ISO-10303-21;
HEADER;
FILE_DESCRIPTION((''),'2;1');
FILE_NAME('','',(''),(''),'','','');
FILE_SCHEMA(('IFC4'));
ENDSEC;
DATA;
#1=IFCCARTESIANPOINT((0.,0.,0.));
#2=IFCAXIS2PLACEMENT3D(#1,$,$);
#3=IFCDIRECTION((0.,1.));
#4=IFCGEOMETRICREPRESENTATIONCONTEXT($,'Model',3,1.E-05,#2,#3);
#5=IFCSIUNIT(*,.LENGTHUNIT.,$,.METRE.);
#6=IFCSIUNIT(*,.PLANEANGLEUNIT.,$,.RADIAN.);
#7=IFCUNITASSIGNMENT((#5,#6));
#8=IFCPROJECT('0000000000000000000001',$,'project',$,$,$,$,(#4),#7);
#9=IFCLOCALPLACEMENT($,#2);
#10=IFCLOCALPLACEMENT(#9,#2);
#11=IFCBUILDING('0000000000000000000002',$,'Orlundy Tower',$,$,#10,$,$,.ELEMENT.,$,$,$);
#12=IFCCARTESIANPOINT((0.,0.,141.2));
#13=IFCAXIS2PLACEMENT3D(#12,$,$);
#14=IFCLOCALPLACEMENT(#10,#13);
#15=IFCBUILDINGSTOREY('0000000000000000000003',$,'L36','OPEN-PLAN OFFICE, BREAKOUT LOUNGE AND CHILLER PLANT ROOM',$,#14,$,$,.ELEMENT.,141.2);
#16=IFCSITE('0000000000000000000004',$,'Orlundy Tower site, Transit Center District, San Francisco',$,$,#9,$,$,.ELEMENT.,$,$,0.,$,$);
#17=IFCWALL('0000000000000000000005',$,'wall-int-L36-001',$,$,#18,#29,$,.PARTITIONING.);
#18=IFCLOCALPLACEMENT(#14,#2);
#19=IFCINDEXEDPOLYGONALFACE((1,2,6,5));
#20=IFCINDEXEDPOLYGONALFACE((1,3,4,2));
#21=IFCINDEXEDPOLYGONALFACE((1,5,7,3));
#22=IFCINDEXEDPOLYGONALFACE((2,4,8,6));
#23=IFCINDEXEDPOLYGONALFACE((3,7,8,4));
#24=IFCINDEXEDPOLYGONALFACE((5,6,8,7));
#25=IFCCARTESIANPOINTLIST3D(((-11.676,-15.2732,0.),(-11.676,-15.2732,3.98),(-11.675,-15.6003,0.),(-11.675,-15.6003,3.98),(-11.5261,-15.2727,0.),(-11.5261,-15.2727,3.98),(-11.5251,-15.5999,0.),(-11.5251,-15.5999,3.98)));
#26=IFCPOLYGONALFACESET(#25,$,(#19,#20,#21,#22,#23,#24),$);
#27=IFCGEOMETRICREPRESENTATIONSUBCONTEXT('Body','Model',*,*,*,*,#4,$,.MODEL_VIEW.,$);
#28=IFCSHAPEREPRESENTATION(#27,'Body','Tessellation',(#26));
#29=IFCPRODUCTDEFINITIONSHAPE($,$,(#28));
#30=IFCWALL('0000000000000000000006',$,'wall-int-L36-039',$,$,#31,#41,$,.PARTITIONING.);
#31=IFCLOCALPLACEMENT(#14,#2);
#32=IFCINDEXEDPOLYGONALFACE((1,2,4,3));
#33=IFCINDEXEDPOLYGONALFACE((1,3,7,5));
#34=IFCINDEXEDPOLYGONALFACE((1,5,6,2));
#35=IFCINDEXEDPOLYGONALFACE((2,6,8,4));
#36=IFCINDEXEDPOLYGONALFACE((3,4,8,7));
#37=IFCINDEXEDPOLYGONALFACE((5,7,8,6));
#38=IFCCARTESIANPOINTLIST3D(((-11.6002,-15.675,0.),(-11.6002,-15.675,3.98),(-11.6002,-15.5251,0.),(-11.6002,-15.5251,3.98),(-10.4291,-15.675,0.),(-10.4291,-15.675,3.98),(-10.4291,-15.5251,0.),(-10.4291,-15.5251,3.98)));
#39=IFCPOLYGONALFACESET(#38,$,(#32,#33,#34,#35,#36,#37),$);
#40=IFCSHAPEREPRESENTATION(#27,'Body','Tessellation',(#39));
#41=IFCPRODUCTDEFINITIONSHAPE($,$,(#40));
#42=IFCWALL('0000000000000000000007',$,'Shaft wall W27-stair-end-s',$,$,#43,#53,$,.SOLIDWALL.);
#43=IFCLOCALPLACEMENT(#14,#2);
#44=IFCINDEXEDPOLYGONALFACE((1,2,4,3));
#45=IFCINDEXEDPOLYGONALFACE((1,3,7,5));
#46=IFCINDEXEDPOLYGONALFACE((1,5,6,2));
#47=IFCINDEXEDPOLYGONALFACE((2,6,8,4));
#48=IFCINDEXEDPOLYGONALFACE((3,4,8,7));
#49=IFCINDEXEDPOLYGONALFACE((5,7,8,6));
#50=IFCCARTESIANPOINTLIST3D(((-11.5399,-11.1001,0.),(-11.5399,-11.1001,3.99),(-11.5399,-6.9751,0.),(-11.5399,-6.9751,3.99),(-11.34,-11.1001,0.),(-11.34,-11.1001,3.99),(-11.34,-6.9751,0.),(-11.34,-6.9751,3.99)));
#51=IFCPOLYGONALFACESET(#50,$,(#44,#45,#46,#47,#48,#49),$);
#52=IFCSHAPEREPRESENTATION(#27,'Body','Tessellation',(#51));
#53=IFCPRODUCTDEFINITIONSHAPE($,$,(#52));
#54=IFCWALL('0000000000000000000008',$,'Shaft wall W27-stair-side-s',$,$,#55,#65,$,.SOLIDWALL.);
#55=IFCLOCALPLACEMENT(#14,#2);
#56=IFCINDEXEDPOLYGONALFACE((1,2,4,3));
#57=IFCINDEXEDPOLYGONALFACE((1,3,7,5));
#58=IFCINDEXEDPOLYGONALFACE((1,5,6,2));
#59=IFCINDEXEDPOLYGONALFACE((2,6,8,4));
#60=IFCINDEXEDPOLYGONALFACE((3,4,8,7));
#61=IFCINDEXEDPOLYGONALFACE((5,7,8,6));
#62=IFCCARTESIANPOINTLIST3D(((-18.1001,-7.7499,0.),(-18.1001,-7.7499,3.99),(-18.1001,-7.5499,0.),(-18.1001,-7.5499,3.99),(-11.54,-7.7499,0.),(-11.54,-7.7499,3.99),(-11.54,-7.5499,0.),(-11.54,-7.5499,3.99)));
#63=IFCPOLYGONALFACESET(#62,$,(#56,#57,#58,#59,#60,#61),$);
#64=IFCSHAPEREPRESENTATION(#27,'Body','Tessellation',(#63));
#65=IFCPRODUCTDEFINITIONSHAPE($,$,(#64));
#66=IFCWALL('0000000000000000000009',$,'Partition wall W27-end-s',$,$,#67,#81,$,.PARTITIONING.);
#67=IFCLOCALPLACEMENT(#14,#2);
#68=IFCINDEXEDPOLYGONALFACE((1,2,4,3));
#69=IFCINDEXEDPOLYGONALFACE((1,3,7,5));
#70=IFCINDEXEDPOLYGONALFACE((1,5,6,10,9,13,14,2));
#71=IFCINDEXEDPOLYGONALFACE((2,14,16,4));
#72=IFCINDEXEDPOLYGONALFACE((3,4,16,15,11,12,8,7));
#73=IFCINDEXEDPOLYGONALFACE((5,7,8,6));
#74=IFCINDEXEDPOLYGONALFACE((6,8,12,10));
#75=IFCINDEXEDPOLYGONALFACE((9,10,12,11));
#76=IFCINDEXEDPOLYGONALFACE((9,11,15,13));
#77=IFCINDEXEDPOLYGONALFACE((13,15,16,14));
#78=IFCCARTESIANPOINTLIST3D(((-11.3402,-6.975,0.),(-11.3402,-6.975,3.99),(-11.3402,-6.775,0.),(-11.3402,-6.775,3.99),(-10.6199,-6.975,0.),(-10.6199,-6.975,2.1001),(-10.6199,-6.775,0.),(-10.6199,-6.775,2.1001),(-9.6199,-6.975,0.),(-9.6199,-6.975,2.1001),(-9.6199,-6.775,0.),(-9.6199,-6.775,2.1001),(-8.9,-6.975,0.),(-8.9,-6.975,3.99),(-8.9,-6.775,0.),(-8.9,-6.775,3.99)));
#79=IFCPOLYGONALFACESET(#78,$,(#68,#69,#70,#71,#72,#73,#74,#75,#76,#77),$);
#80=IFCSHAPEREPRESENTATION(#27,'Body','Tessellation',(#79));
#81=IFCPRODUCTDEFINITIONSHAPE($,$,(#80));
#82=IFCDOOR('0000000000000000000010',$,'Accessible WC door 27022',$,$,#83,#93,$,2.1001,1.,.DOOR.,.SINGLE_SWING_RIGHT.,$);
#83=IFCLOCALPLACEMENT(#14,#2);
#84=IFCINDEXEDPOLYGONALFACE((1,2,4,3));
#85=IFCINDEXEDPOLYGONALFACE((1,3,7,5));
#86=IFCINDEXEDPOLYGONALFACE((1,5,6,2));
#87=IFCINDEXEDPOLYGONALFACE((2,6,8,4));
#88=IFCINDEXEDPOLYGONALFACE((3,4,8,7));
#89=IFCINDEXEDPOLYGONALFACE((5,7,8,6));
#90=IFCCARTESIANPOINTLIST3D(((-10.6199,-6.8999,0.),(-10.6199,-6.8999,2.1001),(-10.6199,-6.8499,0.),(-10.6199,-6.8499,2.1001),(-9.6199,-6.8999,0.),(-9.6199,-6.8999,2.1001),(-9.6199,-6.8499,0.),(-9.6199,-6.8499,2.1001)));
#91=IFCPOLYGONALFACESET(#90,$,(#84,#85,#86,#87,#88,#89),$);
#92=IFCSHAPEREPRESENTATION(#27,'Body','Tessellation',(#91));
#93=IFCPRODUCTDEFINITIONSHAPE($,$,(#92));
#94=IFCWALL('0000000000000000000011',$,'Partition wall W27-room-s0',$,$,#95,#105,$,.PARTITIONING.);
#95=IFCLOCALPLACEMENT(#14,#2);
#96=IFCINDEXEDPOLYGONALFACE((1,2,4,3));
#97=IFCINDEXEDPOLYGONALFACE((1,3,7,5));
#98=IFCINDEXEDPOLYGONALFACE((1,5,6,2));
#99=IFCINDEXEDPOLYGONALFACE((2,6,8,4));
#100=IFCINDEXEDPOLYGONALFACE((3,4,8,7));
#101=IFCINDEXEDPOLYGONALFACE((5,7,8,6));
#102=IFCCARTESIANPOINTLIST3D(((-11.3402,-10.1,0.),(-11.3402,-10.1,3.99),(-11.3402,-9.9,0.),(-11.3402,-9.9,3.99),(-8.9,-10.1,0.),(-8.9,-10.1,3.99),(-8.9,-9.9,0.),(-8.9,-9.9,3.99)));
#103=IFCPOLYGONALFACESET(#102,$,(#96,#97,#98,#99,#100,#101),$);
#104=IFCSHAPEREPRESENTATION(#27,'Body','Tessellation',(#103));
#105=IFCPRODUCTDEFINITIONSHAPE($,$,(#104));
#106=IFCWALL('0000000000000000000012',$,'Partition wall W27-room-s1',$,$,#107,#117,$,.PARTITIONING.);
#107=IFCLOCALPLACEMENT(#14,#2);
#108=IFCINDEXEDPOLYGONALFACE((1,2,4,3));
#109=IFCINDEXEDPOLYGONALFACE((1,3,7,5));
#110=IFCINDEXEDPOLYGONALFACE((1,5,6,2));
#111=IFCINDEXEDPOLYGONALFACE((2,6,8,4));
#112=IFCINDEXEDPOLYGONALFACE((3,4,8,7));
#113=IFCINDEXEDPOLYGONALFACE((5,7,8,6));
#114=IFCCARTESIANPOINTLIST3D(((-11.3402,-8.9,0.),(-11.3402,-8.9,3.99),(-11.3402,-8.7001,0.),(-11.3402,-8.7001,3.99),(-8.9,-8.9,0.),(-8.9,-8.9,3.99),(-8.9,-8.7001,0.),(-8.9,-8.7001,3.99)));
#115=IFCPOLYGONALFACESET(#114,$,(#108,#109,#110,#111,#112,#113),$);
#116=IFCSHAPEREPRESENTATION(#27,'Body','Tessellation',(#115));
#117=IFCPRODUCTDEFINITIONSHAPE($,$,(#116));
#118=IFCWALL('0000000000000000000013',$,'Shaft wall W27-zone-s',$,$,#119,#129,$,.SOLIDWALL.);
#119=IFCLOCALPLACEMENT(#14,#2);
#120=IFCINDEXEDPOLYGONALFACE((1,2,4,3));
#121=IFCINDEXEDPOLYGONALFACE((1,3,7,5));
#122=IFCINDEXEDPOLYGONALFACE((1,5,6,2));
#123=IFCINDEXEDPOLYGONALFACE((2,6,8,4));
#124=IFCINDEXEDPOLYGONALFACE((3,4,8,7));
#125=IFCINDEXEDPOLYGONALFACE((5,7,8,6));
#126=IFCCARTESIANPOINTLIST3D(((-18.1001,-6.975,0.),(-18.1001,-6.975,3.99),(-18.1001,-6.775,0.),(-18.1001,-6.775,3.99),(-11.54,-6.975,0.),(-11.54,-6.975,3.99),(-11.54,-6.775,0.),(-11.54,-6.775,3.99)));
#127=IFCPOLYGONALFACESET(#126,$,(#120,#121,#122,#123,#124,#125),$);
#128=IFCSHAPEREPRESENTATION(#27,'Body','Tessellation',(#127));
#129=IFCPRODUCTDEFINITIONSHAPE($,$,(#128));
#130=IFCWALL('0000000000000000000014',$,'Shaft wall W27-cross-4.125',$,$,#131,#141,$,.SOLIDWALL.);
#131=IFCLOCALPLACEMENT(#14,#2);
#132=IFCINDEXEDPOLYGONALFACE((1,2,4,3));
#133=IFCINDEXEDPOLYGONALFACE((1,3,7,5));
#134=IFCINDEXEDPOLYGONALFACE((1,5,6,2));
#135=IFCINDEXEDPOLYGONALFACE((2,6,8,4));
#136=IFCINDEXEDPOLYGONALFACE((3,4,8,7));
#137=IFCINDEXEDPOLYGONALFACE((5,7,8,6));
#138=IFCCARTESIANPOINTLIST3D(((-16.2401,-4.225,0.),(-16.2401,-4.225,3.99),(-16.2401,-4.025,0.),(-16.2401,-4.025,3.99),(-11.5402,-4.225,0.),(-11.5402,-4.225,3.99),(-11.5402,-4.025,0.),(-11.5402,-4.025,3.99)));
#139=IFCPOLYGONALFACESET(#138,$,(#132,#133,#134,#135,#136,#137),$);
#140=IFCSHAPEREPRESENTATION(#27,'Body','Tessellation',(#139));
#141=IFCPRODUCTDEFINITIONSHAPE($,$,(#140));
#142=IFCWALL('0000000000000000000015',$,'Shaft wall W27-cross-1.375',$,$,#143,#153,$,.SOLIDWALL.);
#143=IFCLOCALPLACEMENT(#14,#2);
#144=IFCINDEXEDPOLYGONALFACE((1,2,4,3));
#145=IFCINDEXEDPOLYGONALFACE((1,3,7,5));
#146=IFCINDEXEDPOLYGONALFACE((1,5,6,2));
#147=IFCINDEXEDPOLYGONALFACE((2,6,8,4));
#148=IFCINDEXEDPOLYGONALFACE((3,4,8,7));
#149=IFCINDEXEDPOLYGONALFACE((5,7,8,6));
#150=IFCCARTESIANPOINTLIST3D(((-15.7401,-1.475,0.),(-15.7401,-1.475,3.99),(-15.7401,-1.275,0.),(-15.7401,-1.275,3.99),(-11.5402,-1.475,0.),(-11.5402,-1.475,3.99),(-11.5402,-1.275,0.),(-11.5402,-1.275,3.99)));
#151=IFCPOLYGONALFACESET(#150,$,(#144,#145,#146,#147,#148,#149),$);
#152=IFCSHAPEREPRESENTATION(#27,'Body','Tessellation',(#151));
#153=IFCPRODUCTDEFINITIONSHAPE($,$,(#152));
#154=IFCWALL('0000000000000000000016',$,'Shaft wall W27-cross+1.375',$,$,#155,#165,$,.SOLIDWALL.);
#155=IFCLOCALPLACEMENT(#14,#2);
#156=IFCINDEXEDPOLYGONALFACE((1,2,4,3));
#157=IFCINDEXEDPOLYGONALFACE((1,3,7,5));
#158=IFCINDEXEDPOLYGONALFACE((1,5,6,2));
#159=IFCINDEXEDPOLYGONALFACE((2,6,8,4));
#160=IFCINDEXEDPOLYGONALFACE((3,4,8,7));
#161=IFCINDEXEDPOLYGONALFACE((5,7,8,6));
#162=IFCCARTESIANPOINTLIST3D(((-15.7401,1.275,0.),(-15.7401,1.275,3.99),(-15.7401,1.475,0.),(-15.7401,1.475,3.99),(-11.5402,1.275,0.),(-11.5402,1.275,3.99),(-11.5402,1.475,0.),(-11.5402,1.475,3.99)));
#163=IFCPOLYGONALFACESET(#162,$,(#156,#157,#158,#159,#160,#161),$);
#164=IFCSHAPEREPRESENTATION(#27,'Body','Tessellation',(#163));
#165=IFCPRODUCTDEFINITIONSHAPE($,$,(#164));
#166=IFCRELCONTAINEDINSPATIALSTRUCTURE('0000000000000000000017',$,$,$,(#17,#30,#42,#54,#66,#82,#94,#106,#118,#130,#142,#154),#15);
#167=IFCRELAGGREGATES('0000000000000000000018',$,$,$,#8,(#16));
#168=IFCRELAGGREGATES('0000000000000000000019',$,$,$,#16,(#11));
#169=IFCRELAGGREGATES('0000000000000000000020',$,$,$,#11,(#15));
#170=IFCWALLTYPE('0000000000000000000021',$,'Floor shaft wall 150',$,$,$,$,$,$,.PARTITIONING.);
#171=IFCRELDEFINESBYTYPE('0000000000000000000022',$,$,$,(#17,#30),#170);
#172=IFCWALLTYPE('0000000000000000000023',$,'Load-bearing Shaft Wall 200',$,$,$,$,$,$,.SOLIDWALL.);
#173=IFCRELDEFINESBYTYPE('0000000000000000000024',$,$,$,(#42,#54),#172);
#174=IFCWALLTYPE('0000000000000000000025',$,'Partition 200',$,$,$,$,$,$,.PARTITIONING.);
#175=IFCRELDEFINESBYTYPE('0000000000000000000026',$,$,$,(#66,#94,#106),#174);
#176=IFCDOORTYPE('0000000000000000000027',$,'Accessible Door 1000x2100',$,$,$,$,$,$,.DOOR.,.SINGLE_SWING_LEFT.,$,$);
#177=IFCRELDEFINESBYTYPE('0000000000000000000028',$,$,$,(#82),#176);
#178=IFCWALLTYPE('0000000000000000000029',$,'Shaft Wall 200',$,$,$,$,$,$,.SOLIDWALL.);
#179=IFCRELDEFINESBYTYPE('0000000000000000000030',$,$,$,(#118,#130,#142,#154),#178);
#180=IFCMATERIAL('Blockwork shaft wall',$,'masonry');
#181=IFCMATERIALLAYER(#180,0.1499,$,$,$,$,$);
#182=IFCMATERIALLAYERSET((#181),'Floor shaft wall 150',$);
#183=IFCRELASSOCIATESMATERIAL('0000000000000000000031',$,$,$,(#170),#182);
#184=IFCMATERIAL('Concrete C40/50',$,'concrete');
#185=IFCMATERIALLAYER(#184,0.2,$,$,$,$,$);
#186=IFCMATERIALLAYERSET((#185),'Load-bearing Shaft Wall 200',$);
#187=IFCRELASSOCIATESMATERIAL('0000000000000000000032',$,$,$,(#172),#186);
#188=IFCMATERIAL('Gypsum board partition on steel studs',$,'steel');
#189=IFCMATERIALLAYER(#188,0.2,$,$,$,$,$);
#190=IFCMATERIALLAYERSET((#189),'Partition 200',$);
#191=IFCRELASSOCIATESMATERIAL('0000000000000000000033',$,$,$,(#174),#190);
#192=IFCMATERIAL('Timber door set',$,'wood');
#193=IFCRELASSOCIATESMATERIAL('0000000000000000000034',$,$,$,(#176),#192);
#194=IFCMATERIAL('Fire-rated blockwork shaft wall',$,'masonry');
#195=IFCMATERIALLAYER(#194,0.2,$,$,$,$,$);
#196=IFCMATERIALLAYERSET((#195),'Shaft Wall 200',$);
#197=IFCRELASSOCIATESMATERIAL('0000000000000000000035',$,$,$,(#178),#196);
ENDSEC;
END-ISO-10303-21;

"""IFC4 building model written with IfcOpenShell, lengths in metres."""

from ifc_helpers import new_model, si_unit, direction, frame, frame_2d, origin, place, context, subcontext, project, spatial, rectangle, extrude, material, layer, layer_set, type_object, element, fill, save


model = new_model("IFC4")

# Units and contexts
model_context = context("Model", 3, precision=1e-05, world=origin(), true_north=direction((0.0, 1.0)))
body_context = subcontext(model_context, "Body", "Model", "MODEL_VIEW")
ifc_project = project(units=[si_unit("LENGTHUNIT", "METRE"), si_unit("PLANEANGLEUNIT", "RADIAN")], contexts=[model_context])

# Site, building, storey
site_placement = place(None, origin())
site = spatial("IfcSite", under=ifc_project, at=site_placement, Name="Orlundy Tower site, Transit Center District, San Francisco", CompositionType="ELEMENT", RefElevation=0.0)
building_placement = place(site_placement, origin())
building = spatial("IfcBuilding", under=site, at=building_placement, Name="Orlundy Tower", CompositionType="ELEMENT")
storey_placement = place(building_placement, frame((0.0, 0.0, 141.2)))
storey = spatial("IfcBuildingStorey", under=building, at=storey_placement, Name="L36", Description="OPEN-PLAN OFFICE, BREAKOUT LOUNGE AND CHILLER PLANT ROOM", CompositionType="ELEMENT", Elevation=141.2)

# Walls
ifc_material_1 = material(Name="Blockwork shaft wall", Category="masonry")
ifc_layer_1 = layer(ifc_material_1, 0.1499)
ifc_layer_set_1 = layer_set([ifc_layer_1], Name="Floor shaft wall 150")
wall_type_1 = type_object("IfcWallType", Name="Floor shaft wall 150", PredefinedType="PARTITIONING", material=ifc_layer_set_1)
wall_1_placement = place(storey_placement, frame((-11.6011, -15.2729, 0.0), z_axis=(0.0, 0.0, 1.0), x_axis=(0.002985, -0.999996, 0.0)))
element("IfcWall", 1, at=wall_1_placement, inside=storey, type_object=wall_type_1, Name="wall-int-L36-001", PredefinedType="PARTITIONING", context=body_context, shape_type="SweptSolid", body=[
    extrude(rectangle(XDim=0.3271, YDim=0.1499, at=frame_2d((0.1636, 0.0))), origin(), (0.0, 0.0, 1.0), 3.98),
])
wall_2_placement = place(storey_placement, frame((-11.6001, -15.6001, 0.0), z_axis=(0.0, 0.0, 1.0), x_axis=(1.0, 0.0, 0.0)))
element("IfcWall", 2, at=wall_2_placement, inside=storey, type_object=wall_type_1, Name="wall-int-L36-039", PredefinedType="PARTITIONING", context=body_context, shape_type="SweptSolid", body=[
    extrude(rectangle(XDim=1.1711, YDim=0.1499, at=frame_2d((0.5854, 0.0))), origin(), (0.0, 0.0, 1.0), 3.98),
])
ifc_material_2 = material(Name="Concrete C40/50", Category="concrete")
ifc_layer_2 = layer(ifc_material_2, 0.2)
ifc_layer_set_2 = layer_set([ifc_layer_2], Name="Load-bearing Shaft Wall 200")
wall_type_2 = type_object("IfcWallType", Name="Load-bearing Shaft Wall 200", PredefinedType="SOLIDWALL", material=ifc_layer_set_2)
wall_3_placement = place(storey_placement, frame((-11.4399, -11.1001, 0.0), z_axis=(0.0, 0.0, 1.0), x_axis=(0.0, 1.0, 0.0)))
element("IfcWall", 3, at=wall_3_placement, inside=storey, type_object=wall_type_2, Name="Shaft wall W27-stair-end-s", PredefinedType="SOLIDWALL", context=body_context, shape_type="SweptSolid", body=[
    extrude(rectangle(XDim=4.125, YDim=0.2, at=frame_2d((2.0625, 0.0))), origin(), (0.0, 0.0, 1.0), 3.99),
])
wall_4_placement = place(storey_placement, frame((-11.54, -7.6499, 0.0), z_axis=(0.0, 0.0, 1.0), x_axis=(-1.0, 0.0, 0.0)))
element("IfcWall", 4, at=wall_4_placement, inside=storey, type_object=wall_type_2, Name="Shaft wall W27-stair-side-s", PredefinedType="SOLIDWALL", context=body_context, shape_type="SweptSolid", body=[
    extrude(rectangle(XDim=6.5601, YDim=0.2, at=frame_2d((3.28, 0.0))), origin(), (0.0, 0.0, 1.0), 3.99),
])

# Wall, opening, door
ifc_material_3 = material(Name="Gypsum board partition on steel studs", Category="steel")
ifc_layer_3 = layer(ifc_material_3, 0.2)
ifc_layer_set_3 = layer_set([ifc_layer_3], Name="Partition 200")
wall_type_3 = type_object("IfcWallType", Name="Partition 200", PredefinedType="PARTITIONING", material=ifc_layer_set_3)
wall_5_placement = place(storey_placement, frame((-8.8999, -6.875, 0.0), z_axis=(0.0, 0.0, 1.0), x_axis=(-1.0, 0.0, 0.0)))
wall_5 = element("IfcWall", 5, at=wall_5_placement, inside=storey, type_object=wall_type_3, Name="Partition wall W27-end-s", PredefinedType="PARTITIONING", context=body_context, shape_type="SweptSolid", body=[
    extrude(rectangle(XDim=2.4402, YDim=0.2, at=frame_2d((1.2202, 0.0))), origin(), (0.0, 0.0, 1.0), 3.99),
])
opening_1_placement = place(wall_5_placement, frame((0.72, 0.0, 0.0)))
opening_1 = element("IfcOpeningElement", 6, at=opening_1_placement, cuts=wall_5, PredefinedType="OPENING", context=body_context, shape_type="SweptSolid", body=[
    extrude(rectangle(XDim=1.0, YDim=2.1001, at=frame_2d((0.5, 1.05))), frame((0.0, 0.1101, 0.0), z_axis=(0.0, -1.0, 0.0), x_axis=(1.0, 0.0, 0.0)), (0.0, 0.0, 1.0), 0.2202),
])
ifc_material_4 = material(Name="Timber door set", Category="wood")
door_type_1 = type_object("IfcDoorType", Name="Accessible Door 1000x2100", OperationType="SINGLE_SWING_LEFT", PredefinedType="DOOR", material=ifc_material_4)
door_1_placement = place(opening_1_placement, origin())
door_1 = element("IfcDoor", 7, at=door_1_placement, inside=storey, type_object=door_type_1, Name="Accessible WC door 27022", OperationType="SINGLE_SWING_RIGHT", OverallHeight=2.1001, OverallWidth=1.0, PredefinedType="DOOR", context=body_context, shape_type="SweptSolid", body=[
    extrude(rectangle(XDim=1.0, YDim=2.1001, at=frame_2d((0.5, 1.05))), frame((0.0, 0.0249, 0.0), z_axis=(0.0, -1.0, 0.0), x_axis=(1.0, 0.0, 0.0)), (0.0, 0.0, 1.0), 0.05),
])
fill(opening_1, door_1)

# Walls
for number, where, z_axis, x_axis, name in (
    (8, (-8.8999, -10.0, 0.0), (0.0, 0.0, 1.0), (-1.0, 0.0, 0.0), "Partition wall W27-room-s0"),
    (9, (-8.8999, -8.8, 0.0), (0.0, 0.0, 1.0), (-1.0, 0.0, 0.0), "Partition wall W27-room-s1"),
):
    element("IfcWall", number, at=place(storey_placement, frame(where, z_axis=z_axis, x_axis=x_axis)), inside=storey, type_object=wall_type_3, Name=name, PredefinedType="PARTITIONING", context=body_context, shape_type="SweptSolid", body=[
        extrude(rectangle(XDim=2.4402, YDim=0.2, at=frame_2d((1.2202, 0.0))), origin(), (0.0, 0.0, 1.0), 3.99),
    ])
ifc_material_5 = material(Name="Fire-rated blockwork shaft wall", Category="masonry")
ifc_layer_4 = layer(ifc_material_5, 0.2)
ifc_layer_set_4 = layer_set([ifc_layer_4], Name="Shaft Wall 200")
wall_type_4 = type_object("IfcWallType", Name="Shaft Wall 200", PredefinedType="SOLIDWALL", material=ifc_layer_set_4)
wall_6_placement = place(storey_placement, frame((-11.54, -6.875, 0.0), z_axis=(0.0, 0.0, 1.0), x_axis=(-1.0, 0.0, 0.0)))
element("IfcWall", 10, at=wall_6_placement, inside=storey, type_object=wall_type_4, Name="Shaft wall W27-zone-s", PredefinedType="SOLIDWALL", context=body_context, shape_type="SweptSolid", body=[
    extrude(rectangle(XDim=6.5601, YDim=0.2, at=frame_2d((3.28, 0.0))), origin(), (0.0, 0.0, 1.0), 3.99),
])
wall_7_placement = place(storey_placement, frame((-11.54, -4.125, 0.0), z_axis=(0.0, 0.0, 1.0), x_axis=(-1.0, 0.0, 0.0)))
element("IfcWall", 11, at=wall_7_placement, inside=storey, type_object=wall_type_4, Name="Shaft wall W27-cross-4.125", PredefinedType="SOLIDWALL", context=body_context, shape_type="SweptSolid", body=[
    extrude(rectangle(XDim=4.7, YDim=0.2, at=frame_2d((2.3501, 0.0))), origin(), (0.0, 0.0, 1.0), 3.99),
])
for number, where, z_axis, x_axis, name in (
    (12, (-11.54, -1.375, 0.0), (0.0, 0.0, 1.0), (-1.0, 0.0, 0.0), "Shaft wall W27-cross-1.375"),
    (13, (-11.54, 1.375, 0.0), (0.0, 0.0, 1.0), (-1.0, 0.0, 0.0), "Shaft wall W27-cross+1.375"),
):
    element("IfcWall", number, at=place(storey_placement, frame(where, z_axis=z_axis, x_axis=x_axis)), inside=storey, type_object=wall_type_4, Name=name, PredefinedType="SOLIDWALL", context=body_context, shape_type="SweptSolid", body=[
        extrude(rectangle(XDim=4.2, YDim=0.2, at=frame_2d((2.1001, 0.0))), origin(), (0.0, 0.0, 1.0), 3.99),
    ])

save(model, "model.ifc")
